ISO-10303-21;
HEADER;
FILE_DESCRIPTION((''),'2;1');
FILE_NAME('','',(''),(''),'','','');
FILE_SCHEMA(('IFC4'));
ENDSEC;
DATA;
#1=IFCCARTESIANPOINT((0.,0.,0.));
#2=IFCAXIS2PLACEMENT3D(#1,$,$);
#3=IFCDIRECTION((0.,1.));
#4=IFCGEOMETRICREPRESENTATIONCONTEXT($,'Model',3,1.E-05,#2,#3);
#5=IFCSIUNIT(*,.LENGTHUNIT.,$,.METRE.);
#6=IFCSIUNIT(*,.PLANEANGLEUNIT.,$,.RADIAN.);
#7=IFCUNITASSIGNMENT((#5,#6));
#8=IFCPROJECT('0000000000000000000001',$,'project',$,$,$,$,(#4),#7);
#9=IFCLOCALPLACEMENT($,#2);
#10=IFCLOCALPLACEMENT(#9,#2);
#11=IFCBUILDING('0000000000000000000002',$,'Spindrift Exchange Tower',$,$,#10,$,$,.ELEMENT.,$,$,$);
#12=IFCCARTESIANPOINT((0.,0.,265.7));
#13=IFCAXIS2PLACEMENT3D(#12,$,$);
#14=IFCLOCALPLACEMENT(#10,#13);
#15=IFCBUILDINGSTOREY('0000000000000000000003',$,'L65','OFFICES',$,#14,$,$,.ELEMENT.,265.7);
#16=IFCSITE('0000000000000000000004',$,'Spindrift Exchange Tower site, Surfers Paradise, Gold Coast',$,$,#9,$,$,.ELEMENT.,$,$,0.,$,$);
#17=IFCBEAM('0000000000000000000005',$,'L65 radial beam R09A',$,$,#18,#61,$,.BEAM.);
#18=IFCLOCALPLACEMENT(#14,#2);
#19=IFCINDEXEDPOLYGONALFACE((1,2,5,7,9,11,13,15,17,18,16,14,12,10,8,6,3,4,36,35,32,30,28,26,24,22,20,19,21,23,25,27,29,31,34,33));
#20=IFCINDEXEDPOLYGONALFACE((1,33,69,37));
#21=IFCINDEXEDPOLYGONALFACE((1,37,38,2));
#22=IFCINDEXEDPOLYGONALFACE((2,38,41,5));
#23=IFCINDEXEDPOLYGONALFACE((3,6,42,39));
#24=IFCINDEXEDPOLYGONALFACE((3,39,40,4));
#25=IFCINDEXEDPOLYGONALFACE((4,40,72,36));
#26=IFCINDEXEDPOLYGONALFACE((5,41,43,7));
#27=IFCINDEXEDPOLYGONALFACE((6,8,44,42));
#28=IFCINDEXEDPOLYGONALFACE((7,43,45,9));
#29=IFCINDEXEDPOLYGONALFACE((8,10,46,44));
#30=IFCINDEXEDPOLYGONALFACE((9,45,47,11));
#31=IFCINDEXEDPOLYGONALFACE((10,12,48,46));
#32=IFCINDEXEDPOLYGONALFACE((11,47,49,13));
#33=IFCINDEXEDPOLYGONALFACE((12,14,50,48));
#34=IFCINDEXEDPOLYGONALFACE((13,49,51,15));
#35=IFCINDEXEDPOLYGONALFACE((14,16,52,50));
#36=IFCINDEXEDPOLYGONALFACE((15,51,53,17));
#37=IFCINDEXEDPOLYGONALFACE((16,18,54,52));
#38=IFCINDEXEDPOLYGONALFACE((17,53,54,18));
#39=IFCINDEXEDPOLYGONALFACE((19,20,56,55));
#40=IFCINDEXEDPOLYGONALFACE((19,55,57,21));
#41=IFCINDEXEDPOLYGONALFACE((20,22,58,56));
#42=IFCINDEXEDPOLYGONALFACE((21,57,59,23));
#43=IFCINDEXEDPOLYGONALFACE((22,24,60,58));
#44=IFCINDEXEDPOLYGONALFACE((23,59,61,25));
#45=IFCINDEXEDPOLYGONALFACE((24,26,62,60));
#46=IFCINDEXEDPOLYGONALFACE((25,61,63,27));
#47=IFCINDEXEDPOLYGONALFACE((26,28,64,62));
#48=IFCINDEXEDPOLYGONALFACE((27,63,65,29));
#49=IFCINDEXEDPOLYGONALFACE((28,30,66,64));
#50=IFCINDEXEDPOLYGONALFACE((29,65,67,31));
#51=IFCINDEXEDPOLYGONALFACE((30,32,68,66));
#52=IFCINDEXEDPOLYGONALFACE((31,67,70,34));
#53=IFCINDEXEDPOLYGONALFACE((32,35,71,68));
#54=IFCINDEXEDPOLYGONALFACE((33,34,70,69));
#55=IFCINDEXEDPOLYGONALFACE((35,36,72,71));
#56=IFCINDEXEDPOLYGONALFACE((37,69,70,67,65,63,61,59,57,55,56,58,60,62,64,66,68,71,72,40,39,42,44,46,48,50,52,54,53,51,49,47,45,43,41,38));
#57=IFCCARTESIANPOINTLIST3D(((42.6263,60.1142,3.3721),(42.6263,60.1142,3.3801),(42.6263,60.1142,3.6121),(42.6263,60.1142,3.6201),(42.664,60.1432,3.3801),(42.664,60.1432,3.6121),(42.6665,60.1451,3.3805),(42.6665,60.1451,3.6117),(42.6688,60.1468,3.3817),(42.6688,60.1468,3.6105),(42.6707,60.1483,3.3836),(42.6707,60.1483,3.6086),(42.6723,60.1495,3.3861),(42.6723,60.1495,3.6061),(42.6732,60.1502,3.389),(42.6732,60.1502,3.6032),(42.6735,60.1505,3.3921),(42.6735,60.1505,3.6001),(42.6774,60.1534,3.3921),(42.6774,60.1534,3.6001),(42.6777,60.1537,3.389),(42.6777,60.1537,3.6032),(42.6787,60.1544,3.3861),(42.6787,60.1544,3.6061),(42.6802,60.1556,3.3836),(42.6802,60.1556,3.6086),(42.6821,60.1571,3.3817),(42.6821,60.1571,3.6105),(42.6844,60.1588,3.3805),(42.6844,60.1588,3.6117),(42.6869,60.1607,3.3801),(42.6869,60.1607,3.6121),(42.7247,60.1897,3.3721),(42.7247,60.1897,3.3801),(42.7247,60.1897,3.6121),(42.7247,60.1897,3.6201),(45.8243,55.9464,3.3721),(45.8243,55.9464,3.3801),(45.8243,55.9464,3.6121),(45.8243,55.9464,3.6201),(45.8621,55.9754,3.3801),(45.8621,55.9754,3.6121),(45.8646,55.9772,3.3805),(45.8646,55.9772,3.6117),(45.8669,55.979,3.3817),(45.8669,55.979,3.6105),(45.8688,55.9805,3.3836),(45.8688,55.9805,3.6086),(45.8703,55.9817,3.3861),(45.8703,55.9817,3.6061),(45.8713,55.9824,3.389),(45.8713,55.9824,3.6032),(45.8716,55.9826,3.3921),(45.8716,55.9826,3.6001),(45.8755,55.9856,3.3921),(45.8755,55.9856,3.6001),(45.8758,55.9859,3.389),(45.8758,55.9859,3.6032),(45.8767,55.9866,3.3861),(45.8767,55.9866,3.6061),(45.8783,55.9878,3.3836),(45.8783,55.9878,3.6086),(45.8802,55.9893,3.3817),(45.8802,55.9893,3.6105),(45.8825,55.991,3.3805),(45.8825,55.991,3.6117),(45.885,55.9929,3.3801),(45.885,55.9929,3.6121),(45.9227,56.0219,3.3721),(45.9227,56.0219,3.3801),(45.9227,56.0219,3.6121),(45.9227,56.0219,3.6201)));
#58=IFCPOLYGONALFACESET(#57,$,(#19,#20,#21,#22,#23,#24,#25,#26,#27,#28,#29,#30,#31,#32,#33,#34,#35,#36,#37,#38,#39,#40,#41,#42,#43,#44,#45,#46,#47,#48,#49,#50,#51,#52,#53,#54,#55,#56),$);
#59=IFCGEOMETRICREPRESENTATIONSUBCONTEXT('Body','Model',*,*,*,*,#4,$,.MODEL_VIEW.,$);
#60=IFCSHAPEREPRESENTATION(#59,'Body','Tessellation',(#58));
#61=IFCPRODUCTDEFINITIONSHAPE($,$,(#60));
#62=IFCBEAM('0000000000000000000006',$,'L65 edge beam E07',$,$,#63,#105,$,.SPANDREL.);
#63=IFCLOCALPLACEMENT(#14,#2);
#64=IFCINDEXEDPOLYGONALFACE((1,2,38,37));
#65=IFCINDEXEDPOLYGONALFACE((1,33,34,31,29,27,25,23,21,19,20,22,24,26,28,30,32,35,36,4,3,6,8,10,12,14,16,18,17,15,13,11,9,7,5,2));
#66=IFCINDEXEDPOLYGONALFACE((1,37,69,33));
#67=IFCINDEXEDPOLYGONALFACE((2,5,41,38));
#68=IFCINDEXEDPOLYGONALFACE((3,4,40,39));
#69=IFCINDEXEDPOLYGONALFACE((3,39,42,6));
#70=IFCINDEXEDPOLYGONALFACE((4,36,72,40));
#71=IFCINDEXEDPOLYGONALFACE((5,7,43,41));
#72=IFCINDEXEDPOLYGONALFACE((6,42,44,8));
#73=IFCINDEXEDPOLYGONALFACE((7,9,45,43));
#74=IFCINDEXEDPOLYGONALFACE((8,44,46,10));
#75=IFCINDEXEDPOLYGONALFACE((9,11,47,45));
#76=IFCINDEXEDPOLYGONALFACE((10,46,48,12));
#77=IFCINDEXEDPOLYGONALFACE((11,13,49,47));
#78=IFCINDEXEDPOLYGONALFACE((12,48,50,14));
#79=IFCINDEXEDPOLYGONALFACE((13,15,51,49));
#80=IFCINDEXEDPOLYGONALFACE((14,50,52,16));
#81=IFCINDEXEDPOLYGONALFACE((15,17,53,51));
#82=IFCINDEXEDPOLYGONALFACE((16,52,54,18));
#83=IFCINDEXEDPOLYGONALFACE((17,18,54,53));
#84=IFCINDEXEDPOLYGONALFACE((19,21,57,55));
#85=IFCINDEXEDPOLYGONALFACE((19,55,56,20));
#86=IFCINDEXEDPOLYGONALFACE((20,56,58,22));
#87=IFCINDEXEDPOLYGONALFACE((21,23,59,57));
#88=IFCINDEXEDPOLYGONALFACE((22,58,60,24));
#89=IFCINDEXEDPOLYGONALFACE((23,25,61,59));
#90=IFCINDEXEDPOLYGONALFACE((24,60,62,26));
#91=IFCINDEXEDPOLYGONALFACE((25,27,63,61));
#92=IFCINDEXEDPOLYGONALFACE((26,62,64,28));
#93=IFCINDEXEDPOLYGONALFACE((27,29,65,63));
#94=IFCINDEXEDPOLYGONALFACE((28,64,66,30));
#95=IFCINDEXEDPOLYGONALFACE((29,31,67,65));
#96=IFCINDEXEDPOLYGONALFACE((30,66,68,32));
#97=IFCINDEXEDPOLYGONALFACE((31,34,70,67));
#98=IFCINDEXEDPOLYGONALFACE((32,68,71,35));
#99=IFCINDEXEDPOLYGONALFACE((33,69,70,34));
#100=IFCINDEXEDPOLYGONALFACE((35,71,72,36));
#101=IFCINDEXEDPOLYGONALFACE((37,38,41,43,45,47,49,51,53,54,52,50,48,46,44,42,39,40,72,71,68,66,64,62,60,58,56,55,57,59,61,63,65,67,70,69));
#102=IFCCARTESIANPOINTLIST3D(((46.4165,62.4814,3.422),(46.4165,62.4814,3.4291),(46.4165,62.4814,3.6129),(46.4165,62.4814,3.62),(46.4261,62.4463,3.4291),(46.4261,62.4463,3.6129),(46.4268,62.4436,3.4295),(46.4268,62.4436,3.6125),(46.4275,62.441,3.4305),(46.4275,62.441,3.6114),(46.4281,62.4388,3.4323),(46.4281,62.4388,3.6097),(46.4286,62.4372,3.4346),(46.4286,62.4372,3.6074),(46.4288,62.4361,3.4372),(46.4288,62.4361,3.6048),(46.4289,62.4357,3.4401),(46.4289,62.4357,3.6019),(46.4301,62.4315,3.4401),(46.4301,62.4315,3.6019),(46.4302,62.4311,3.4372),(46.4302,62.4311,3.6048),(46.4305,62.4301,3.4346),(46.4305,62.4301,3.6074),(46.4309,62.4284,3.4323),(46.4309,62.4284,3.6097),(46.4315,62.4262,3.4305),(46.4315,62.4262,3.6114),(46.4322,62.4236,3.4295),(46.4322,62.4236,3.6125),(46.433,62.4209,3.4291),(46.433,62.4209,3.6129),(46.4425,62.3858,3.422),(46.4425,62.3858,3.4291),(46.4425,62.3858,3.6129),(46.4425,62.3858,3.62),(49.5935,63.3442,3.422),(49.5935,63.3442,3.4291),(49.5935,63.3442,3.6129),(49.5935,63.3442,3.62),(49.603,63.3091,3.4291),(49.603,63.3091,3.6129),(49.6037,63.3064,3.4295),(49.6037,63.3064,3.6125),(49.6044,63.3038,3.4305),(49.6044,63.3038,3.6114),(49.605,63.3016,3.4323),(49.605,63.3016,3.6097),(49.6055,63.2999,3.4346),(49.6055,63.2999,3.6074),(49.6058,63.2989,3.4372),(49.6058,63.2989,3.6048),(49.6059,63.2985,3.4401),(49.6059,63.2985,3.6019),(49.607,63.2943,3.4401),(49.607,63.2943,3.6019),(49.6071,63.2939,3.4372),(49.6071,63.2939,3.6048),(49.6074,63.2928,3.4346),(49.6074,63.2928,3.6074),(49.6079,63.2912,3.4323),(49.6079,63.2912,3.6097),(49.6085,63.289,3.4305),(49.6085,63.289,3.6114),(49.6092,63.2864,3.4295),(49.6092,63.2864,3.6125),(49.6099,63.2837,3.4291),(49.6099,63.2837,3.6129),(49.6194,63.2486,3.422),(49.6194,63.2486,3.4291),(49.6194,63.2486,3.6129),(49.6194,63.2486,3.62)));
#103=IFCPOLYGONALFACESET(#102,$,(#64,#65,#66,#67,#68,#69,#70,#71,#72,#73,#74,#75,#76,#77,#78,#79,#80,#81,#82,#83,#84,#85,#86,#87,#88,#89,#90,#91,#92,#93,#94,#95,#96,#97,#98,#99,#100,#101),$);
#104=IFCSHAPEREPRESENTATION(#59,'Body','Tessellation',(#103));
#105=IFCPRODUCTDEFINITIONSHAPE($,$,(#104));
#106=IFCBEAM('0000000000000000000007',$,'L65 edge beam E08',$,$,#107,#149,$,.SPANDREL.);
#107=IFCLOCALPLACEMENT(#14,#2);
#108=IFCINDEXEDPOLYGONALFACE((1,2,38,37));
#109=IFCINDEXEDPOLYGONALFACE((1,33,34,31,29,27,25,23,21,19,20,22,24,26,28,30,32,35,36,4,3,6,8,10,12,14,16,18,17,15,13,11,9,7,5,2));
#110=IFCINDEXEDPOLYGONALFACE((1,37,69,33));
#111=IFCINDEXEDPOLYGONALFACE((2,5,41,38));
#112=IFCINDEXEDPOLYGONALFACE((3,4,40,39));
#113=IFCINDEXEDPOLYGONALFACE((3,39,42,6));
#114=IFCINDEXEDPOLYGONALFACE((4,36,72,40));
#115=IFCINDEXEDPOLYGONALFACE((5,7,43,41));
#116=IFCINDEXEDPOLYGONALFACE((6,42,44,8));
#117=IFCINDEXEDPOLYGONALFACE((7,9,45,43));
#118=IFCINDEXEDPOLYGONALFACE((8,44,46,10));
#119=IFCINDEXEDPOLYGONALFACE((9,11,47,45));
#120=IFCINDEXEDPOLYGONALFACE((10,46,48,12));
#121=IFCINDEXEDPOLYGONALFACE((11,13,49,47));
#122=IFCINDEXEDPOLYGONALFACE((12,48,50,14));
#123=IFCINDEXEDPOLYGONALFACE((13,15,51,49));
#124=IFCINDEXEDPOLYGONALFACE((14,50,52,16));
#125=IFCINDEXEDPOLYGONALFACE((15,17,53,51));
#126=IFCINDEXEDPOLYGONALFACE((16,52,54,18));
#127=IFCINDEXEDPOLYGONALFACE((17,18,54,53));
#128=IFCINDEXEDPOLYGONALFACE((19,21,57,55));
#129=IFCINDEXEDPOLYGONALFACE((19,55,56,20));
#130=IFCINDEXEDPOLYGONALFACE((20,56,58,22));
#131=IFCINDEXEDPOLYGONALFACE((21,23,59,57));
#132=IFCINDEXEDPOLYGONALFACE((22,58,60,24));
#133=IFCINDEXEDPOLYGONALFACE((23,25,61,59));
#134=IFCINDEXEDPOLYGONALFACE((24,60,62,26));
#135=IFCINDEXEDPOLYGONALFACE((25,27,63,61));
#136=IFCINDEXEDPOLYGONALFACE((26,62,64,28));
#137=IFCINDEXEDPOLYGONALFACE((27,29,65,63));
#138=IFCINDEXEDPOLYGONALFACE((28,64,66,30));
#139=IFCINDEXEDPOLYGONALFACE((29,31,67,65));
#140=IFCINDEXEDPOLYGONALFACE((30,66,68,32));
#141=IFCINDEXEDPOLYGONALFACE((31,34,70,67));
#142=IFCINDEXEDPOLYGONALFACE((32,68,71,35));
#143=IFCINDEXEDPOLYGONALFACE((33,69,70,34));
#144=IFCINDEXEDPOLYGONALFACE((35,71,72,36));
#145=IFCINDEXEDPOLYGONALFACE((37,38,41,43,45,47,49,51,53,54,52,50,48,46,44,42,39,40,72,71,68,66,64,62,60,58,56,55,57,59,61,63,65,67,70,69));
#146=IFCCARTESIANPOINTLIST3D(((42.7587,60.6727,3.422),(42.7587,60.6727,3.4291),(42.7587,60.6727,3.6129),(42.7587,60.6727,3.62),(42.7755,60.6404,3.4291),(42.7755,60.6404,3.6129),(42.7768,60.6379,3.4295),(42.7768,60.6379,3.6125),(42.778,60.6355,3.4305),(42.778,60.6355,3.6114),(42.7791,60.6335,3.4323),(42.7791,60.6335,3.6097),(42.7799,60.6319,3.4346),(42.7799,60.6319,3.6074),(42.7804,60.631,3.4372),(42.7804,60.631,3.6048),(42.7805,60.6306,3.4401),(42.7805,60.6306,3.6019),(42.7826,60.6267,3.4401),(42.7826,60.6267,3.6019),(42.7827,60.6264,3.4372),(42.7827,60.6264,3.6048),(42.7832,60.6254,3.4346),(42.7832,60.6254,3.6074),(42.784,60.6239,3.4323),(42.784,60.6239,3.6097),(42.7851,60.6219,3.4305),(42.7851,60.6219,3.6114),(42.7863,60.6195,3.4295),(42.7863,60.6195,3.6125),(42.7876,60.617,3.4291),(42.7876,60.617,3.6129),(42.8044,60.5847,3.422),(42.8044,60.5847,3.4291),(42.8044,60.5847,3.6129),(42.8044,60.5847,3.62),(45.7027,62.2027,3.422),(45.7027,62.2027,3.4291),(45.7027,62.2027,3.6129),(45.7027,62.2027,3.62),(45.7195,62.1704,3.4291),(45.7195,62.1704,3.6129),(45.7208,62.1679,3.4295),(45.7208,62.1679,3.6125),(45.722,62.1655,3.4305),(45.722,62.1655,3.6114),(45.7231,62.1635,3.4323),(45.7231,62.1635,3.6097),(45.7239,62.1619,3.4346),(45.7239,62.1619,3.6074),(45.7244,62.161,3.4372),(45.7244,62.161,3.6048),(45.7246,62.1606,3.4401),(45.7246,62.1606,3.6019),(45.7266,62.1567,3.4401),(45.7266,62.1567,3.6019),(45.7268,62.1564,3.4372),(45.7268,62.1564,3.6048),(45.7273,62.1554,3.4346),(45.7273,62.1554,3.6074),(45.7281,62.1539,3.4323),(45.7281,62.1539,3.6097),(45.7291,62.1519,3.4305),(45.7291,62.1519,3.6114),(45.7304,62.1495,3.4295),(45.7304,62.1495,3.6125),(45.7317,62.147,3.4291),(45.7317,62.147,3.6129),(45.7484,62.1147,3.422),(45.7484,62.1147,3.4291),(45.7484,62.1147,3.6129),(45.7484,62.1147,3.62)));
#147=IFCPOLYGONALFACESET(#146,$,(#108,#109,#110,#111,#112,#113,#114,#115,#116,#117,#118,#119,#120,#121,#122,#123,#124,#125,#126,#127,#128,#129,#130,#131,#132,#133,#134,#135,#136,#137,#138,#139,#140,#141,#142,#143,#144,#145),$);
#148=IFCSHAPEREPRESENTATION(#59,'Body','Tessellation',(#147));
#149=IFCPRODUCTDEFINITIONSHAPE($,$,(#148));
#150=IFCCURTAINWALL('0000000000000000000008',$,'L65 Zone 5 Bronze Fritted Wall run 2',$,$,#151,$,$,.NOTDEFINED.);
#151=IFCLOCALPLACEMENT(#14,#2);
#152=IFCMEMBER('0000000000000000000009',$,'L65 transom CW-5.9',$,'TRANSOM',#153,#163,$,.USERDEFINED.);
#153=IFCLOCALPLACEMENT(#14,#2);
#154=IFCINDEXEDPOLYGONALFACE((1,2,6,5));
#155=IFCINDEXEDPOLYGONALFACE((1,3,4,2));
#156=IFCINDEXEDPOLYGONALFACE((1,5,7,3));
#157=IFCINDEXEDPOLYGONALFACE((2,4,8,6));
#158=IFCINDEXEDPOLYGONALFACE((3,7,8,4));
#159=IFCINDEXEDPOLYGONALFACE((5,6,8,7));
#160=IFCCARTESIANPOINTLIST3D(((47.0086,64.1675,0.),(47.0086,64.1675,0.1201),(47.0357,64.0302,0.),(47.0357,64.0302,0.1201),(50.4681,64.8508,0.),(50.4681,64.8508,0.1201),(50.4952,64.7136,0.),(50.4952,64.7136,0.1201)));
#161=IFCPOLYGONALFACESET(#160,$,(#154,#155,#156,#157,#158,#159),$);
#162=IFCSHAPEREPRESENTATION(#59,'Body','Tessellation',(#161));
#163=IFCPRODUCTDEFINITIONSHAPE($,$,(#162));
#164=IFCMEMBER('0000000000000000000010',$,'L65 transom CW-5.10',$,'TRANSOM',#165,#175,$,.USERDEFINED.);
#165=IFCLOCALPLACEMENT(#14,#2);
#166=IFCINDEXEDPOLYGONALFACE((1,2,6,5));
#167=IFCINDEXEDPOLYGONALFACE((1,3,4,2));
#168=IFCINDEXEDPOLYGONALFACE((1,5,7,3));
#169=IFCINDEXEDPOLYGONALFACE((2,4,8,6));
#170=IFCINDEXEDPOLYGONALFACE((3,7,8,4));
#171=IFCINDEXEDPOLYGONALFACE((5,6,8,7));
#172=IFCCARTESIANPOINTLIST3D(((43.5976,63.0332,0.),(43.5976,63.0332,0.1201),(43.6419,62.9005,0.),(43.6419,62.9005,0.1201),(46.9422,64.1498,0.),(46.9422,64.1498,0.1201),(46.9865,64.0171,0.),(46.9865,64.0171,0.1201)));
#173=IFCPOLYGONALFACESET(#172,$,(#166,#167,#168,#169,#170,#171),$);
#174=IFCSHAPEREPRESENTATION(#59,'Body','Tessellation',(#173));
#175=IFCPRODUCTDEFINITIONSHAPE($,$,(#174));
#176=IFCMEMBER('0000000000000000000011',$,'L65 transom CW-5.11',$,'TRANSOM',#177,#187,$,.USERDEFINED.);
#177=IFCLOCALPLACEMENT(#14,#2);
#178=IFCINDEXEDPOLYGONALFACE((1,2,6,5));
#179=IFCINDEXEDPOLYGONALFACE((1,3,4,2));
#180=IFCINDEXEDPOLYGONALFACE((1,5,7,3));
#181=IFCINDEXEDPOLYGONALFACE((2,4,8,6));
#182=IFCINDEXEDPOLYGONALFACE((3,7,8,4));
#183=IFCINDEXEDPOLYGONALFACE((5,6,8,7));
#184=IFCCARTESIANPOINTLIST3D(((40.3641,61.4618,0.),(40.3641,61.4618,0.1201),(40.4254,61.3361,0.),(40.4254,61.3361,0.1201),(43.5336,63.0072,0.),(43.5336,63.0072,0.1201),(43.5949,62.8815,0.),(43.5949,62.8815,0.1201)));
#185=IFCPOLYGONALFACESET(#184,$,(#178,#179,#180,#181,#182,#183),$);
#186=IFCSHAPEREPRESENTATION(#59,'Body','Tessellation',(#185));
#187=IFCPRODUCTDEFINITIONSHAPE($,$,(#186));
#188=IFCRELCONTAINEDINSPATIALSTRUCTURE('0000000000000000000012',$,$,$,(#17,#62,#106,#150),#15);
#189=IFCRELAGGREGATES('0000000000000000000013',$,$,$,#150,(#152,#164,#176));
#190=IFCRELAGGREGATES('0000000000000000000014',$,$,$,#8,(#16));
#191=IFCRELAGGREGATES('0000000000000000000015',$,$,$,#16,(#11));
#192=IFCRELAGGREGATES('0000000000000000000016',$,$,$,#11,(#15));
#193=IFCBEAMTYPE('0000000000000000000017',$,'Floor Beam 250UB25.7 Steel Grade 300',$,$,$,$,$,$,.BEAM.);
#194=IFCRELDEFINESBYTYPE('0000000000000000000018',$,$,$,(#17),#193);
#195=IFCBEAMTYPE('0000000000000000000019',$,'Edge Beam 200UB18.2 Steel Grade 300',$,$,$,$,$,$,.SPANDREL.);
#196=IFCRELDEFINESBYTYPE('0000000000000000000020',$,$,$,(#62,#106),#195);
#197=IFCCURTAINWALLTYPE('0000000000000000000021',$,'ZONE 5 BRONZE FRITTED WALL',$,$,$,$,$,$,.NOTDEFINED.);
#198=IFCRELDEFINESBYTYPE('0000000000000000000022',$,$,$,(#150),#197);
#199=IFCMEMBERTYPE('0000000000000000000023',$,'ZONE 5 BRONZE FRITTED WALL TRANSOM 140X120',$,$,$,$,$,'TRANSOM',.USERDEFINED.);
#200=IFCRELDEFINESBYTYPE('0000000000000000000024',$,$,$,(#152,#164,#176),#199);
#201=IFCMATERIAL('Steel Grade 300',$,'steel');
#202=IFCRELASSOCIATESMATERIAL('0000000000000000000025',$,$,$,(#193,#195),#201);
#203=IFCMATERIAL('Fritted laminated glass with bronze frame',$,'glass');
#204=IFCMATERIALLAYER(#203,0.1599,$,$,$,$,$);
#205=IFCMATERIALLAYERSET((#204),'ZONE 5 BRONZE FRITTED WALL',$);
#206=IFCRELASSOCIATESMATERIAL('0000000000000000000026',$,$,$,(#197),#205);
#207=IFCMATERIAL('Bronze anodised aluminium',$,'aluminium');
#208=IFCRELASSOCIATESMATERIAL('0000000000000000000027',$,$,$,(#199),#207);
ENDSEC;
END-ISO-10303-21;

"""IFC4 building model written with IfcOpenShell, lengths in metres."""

from ifc_helpers import new_model, si_unit, direction, frame, origin, origin_2d, place, context, subcontext, project, spatial, rectangle, i_section, extrude, source, transform, mapped, material, layer, layer_set, material_profile, profile_set, type_object, element, aggregate, save


model = new_model("IFC4")

# Units and contexts
model_context = context("Model", 3, precision=1e-05, world=origin(), true_north=direction((0.0, 1.0)))
body_context = subcontext(model_context, "Body", "Model", "MODEL_VIEW")
ifc_project = project(units=[si_unit("LENGTHUNIT", "METRE"), si_unit("PLANEANGLEUNIT", "RADIAN")], contexts=[model_context])

# Site, building, storey
site_placement = place(None, origin())
site = spatial("IfcSite", under=ifc_project, at=site_placement, Name="Spindrift Exchange Tower site, Surfers Paradise, Gold Coast", CompositionType="ELEMENT", RefElevation=0.0)
building_placement = place(site_placement, origin())
building = spatial("IfcBuilding", under=site, at=building_placement, Name="Spindrift Exchange Tower", CompositionType="ELEMENT")
storey_placement = place(building_placement, frame((0.0, 0.0, 265.7)))
storey = spatial("IfcBuildingStorey", under=building, at=storey_placement, Name="L65", Description="OFFICES", CompositionType="ELEMENT", Elevation=265.7)

# Beams
ifc_material_1 = material(Name="Steel Grade 300", Category="steel")
ifc_material_profile_1 = material_profile(ifc_material_1, i_section(OverallWidth=0.124, OverallDepth=0.248, WebThickness=0.0049, FlangeThickness=0.0081, FilletRadius=0.012, at=origin_2d()), Name="250UB25.7")
ifc_profile_set_1 = profile_set([ifc_material_profile_1], Name="Steel Grade 300")
beam_type_1 = type_object("IfcBeamType", Name="Floor Beam 250UB25.7 Steel Grade 300", PredefinedType="BEAM", material=ifc_profile_set_1)
shared_shape_1 = source(origin(), body_context, "Body", "SweptSolid", [
    extrude(i_section(OverallWidth=0.124, OverallDepth=0.248, WebThickness=0.0049, FlangeThickness=0.0081, FilletRadius=0.012, at=origin_2d()), origin(), (0.0, 0.0, 1.0), 5.2534),
])
beam_1_placement = place(storey_placement, frame((45.8735, 55.9841, 3.4961), z_axis=(-0.60876, 0.793354, 0.0), x_axis=(-0.793354, -0.60876, 0.0)))
element("IfcBeam", 1, at=beam_1_placement, inside=storey, type_object=beam_type_1, Name="L65 radial beam R09A", PredefinedType="BEAM", context=body_context, shape_type="MappedRepresentation", body=[
    mapped(shared_shape_1, transform((0.0, 0.0, 0.0), scale=1.0)),
])
ifc_material_profile_2 = material_profile(ifc_material_1, i_section(OverallWidth=0.0991, OverallDepth=0.198, WebThickness=0.0044, FlangeThickness=0.0071, FilletRadius=0.011, at=origin_2d()), Name="200UB18.2")
ifc_profile_set_2 = profile_set([ifc_material_profile_2], Name="Steel Grade 300")
beam_type_2 = type_object("IfcBeamType", Name="Edge Beam 200UB18.2 Steel Grade 300", PredefinedType="SPANDREL", material=ifc_profile_set_2)
shared_shape_2 = source(origin(), body_context, "Body", "SweptSolid", [
    extrude(i_section(OverallWidth=0.0991, OverallDepth=0.198, WebThickness=0.0044, FlangeThickness=0.0071, FilletRadius=0.011, at=origin_2d()), origin(), (0.0, 0.0, 1.0), 3.292),
])
beam_2_placement = place(storey_placement, frame((49.6064, 63.2964, 3.521), z_axis=(-0.965046, -0.262082, 0.0), x_axis=(0.262082, -0.965046, 0.0)))
element("IfcBeam", 2, at=beam_2_placement, inside=storey, type_object=beam_type_2, Name="L65 edge beam E07", PredefinedType="SPANDREL", context=body_context, shape_type="MappedRepresentation", body=[
    mapped(shared_shape_2, transform((0.0, 0.0, 0.0), scale=1.0)),
])
shared_shape_3 = source(origin(), body_context, "Body", "SweptSolid", [
    extrude(i_section(OverallWidth=0.0991, OverallDepth=0.198, WebThickness=0.0044, FlangeThickness=0.0071, FilletRadius=0.011, at=origin_2d()), origin(), (0.0, 0.0, 1.0), 3.3179),
])
beam_3_placement = place(storey_placement, frame((45.7256, 62.1587, 3.521), z_axis=(-0.887328, -0.46114, 0.0), x_axis=(0.46114, -0.887328, 0.0)))
element("IfcBeam", 3, at=beam_3_placement, inside=storey, type_object=beam_type_2, Name="L65 edge beam E08", PredefinedType="SPANDREL", context=body_context, shape_type="MappedRepresentation", body=[
    mapped(shared_shape_3, transform((0.0, 0.0, 0.0), scale=1.0)),
])

# Curtain wall, members
ifc_material_2 = material(Name="Fritted laminated glass with bronze frame", Category="glass")
ifc_layer_1 = layer(ifc_material_2, 0.1599)
ifc_layer_set_1 = layer_set([ifc_layer_1], Name="ZONE 5 BRONZE FRITTED WALL")
curtain_wall_type = type_object("IfcCurtainWallType", Name="ZONE 5 BRONZE FRITTED WALL", PredefinedType="NOTDEFINED", material=ifc_layer_set_1)
curtain_wall_placement = place(storey_placement, origin())
curtain_wall = element("IfcCurtainWall", 4, at=curtain_wall_placement, inside=storey, type_object=curtain_wall_type, Name="L65 Zone 5 Bronze Fritted Wall run 2", PredefinedType="NOTDEFINED")
ifc_material_3 = material(Name="Bronze anodised aluminium", Category="aluminium")
ifc_material_profile_3 = material_profile(ifc_material_3, rectangle(XDim=0.1399, YDim=0.1201, at=origin_2d()), Name="ZONE 5 BRONZE FRITTED WALL TRANSOM 140X120")
ifc_profile_set_3 = profile_set([ifc_material_profile_3], Name="Bronze anodised aluminium")
member_type_1 = type_object("IfcMemberType", Name="ZONE 5 BRONZE FRITTED WALL TRANSOM 140X120", ElementType="TRANSOM", PredefinedType="USERDEFINED", material=ifc_profile_set_3)
shared_shape_4 = source(origin(), body_context, "Body", "SweptSolid", [
    extrude(rectangle(XDim=0.1399, YDim=0.1201, at=origin_2d()), origin(), (0.0, 0.0, 1.0), 3.5264),
])
member_1_placement = place(storey_placement, frame((50.4817, 64.7822, 0.0601), z_axis=(-0.981044, -0.193786, 0.0), x_axis=(0.193786, -0.981044, 0.0)))
member_1 = element("IfcMember", 5, at=member_1_placement, type_object=member_type_1, Name="L65 transom CW-5.9", ObjectType="TRANSOM", PredefinedType="USERDEFINED", context=body_context, shape_type="MappedRepresentation", body=[
    mapped(shared_shape_4, transform((0.0, 0.0, 0.0), scale=1.0)),
])
shared_shape_5 = source(origin(), body_context, "Body", "SweptSolid", [
    extrude(rectangle(XDim=0.1399, YDim=0.1201, at=origin_2d()), origin(), (0.0, 0.0, 1.0), 3.5261),
])
member_2_placement = place(storey_placement, frame((46.9644, 64.0835, 0.0601), z_axis=(-0.948531, -0.316685, 0.0), x_axis=(0.316685, -0.948531, 0.0)))
member_2 = element("IfcMember", 6, at=member_2_placement, type_object=member_type_1, Name="L65 transom CW-5.10", ObjectType="TRANSOM", PredefinedType="USERDEFINED", context=body_context, shape_type="MappedRepresentation", body=[
    mapped(shared_shape_5, transform((0.0, 0.0, 0.0), scale=1.0)),
])
member_3_placement = place(storey_placement, frame((43.5642, 62.9443, 0.0601), z_axis=(-0.898842, -0.438274, 0.0), x_axis=(0.438274, -0.898842, 0.0)))
member_3 = element("IfcMember", 7, at=member_3_placement, type_object=member_type_1, Name="L65 transom CW-5.11", ObjectType="TRANSOM", PredefinedType="USERDEFINED", context=body_context, shape_type="MappedRepresentation", body=[
    mapped(shared_shape_5, transform((0.0, 0.0, 0.0), scale=1.0)),
])
aggregate(curtain_wall, [member_1, member_2, member_3])

save(model, "model.ifc")
